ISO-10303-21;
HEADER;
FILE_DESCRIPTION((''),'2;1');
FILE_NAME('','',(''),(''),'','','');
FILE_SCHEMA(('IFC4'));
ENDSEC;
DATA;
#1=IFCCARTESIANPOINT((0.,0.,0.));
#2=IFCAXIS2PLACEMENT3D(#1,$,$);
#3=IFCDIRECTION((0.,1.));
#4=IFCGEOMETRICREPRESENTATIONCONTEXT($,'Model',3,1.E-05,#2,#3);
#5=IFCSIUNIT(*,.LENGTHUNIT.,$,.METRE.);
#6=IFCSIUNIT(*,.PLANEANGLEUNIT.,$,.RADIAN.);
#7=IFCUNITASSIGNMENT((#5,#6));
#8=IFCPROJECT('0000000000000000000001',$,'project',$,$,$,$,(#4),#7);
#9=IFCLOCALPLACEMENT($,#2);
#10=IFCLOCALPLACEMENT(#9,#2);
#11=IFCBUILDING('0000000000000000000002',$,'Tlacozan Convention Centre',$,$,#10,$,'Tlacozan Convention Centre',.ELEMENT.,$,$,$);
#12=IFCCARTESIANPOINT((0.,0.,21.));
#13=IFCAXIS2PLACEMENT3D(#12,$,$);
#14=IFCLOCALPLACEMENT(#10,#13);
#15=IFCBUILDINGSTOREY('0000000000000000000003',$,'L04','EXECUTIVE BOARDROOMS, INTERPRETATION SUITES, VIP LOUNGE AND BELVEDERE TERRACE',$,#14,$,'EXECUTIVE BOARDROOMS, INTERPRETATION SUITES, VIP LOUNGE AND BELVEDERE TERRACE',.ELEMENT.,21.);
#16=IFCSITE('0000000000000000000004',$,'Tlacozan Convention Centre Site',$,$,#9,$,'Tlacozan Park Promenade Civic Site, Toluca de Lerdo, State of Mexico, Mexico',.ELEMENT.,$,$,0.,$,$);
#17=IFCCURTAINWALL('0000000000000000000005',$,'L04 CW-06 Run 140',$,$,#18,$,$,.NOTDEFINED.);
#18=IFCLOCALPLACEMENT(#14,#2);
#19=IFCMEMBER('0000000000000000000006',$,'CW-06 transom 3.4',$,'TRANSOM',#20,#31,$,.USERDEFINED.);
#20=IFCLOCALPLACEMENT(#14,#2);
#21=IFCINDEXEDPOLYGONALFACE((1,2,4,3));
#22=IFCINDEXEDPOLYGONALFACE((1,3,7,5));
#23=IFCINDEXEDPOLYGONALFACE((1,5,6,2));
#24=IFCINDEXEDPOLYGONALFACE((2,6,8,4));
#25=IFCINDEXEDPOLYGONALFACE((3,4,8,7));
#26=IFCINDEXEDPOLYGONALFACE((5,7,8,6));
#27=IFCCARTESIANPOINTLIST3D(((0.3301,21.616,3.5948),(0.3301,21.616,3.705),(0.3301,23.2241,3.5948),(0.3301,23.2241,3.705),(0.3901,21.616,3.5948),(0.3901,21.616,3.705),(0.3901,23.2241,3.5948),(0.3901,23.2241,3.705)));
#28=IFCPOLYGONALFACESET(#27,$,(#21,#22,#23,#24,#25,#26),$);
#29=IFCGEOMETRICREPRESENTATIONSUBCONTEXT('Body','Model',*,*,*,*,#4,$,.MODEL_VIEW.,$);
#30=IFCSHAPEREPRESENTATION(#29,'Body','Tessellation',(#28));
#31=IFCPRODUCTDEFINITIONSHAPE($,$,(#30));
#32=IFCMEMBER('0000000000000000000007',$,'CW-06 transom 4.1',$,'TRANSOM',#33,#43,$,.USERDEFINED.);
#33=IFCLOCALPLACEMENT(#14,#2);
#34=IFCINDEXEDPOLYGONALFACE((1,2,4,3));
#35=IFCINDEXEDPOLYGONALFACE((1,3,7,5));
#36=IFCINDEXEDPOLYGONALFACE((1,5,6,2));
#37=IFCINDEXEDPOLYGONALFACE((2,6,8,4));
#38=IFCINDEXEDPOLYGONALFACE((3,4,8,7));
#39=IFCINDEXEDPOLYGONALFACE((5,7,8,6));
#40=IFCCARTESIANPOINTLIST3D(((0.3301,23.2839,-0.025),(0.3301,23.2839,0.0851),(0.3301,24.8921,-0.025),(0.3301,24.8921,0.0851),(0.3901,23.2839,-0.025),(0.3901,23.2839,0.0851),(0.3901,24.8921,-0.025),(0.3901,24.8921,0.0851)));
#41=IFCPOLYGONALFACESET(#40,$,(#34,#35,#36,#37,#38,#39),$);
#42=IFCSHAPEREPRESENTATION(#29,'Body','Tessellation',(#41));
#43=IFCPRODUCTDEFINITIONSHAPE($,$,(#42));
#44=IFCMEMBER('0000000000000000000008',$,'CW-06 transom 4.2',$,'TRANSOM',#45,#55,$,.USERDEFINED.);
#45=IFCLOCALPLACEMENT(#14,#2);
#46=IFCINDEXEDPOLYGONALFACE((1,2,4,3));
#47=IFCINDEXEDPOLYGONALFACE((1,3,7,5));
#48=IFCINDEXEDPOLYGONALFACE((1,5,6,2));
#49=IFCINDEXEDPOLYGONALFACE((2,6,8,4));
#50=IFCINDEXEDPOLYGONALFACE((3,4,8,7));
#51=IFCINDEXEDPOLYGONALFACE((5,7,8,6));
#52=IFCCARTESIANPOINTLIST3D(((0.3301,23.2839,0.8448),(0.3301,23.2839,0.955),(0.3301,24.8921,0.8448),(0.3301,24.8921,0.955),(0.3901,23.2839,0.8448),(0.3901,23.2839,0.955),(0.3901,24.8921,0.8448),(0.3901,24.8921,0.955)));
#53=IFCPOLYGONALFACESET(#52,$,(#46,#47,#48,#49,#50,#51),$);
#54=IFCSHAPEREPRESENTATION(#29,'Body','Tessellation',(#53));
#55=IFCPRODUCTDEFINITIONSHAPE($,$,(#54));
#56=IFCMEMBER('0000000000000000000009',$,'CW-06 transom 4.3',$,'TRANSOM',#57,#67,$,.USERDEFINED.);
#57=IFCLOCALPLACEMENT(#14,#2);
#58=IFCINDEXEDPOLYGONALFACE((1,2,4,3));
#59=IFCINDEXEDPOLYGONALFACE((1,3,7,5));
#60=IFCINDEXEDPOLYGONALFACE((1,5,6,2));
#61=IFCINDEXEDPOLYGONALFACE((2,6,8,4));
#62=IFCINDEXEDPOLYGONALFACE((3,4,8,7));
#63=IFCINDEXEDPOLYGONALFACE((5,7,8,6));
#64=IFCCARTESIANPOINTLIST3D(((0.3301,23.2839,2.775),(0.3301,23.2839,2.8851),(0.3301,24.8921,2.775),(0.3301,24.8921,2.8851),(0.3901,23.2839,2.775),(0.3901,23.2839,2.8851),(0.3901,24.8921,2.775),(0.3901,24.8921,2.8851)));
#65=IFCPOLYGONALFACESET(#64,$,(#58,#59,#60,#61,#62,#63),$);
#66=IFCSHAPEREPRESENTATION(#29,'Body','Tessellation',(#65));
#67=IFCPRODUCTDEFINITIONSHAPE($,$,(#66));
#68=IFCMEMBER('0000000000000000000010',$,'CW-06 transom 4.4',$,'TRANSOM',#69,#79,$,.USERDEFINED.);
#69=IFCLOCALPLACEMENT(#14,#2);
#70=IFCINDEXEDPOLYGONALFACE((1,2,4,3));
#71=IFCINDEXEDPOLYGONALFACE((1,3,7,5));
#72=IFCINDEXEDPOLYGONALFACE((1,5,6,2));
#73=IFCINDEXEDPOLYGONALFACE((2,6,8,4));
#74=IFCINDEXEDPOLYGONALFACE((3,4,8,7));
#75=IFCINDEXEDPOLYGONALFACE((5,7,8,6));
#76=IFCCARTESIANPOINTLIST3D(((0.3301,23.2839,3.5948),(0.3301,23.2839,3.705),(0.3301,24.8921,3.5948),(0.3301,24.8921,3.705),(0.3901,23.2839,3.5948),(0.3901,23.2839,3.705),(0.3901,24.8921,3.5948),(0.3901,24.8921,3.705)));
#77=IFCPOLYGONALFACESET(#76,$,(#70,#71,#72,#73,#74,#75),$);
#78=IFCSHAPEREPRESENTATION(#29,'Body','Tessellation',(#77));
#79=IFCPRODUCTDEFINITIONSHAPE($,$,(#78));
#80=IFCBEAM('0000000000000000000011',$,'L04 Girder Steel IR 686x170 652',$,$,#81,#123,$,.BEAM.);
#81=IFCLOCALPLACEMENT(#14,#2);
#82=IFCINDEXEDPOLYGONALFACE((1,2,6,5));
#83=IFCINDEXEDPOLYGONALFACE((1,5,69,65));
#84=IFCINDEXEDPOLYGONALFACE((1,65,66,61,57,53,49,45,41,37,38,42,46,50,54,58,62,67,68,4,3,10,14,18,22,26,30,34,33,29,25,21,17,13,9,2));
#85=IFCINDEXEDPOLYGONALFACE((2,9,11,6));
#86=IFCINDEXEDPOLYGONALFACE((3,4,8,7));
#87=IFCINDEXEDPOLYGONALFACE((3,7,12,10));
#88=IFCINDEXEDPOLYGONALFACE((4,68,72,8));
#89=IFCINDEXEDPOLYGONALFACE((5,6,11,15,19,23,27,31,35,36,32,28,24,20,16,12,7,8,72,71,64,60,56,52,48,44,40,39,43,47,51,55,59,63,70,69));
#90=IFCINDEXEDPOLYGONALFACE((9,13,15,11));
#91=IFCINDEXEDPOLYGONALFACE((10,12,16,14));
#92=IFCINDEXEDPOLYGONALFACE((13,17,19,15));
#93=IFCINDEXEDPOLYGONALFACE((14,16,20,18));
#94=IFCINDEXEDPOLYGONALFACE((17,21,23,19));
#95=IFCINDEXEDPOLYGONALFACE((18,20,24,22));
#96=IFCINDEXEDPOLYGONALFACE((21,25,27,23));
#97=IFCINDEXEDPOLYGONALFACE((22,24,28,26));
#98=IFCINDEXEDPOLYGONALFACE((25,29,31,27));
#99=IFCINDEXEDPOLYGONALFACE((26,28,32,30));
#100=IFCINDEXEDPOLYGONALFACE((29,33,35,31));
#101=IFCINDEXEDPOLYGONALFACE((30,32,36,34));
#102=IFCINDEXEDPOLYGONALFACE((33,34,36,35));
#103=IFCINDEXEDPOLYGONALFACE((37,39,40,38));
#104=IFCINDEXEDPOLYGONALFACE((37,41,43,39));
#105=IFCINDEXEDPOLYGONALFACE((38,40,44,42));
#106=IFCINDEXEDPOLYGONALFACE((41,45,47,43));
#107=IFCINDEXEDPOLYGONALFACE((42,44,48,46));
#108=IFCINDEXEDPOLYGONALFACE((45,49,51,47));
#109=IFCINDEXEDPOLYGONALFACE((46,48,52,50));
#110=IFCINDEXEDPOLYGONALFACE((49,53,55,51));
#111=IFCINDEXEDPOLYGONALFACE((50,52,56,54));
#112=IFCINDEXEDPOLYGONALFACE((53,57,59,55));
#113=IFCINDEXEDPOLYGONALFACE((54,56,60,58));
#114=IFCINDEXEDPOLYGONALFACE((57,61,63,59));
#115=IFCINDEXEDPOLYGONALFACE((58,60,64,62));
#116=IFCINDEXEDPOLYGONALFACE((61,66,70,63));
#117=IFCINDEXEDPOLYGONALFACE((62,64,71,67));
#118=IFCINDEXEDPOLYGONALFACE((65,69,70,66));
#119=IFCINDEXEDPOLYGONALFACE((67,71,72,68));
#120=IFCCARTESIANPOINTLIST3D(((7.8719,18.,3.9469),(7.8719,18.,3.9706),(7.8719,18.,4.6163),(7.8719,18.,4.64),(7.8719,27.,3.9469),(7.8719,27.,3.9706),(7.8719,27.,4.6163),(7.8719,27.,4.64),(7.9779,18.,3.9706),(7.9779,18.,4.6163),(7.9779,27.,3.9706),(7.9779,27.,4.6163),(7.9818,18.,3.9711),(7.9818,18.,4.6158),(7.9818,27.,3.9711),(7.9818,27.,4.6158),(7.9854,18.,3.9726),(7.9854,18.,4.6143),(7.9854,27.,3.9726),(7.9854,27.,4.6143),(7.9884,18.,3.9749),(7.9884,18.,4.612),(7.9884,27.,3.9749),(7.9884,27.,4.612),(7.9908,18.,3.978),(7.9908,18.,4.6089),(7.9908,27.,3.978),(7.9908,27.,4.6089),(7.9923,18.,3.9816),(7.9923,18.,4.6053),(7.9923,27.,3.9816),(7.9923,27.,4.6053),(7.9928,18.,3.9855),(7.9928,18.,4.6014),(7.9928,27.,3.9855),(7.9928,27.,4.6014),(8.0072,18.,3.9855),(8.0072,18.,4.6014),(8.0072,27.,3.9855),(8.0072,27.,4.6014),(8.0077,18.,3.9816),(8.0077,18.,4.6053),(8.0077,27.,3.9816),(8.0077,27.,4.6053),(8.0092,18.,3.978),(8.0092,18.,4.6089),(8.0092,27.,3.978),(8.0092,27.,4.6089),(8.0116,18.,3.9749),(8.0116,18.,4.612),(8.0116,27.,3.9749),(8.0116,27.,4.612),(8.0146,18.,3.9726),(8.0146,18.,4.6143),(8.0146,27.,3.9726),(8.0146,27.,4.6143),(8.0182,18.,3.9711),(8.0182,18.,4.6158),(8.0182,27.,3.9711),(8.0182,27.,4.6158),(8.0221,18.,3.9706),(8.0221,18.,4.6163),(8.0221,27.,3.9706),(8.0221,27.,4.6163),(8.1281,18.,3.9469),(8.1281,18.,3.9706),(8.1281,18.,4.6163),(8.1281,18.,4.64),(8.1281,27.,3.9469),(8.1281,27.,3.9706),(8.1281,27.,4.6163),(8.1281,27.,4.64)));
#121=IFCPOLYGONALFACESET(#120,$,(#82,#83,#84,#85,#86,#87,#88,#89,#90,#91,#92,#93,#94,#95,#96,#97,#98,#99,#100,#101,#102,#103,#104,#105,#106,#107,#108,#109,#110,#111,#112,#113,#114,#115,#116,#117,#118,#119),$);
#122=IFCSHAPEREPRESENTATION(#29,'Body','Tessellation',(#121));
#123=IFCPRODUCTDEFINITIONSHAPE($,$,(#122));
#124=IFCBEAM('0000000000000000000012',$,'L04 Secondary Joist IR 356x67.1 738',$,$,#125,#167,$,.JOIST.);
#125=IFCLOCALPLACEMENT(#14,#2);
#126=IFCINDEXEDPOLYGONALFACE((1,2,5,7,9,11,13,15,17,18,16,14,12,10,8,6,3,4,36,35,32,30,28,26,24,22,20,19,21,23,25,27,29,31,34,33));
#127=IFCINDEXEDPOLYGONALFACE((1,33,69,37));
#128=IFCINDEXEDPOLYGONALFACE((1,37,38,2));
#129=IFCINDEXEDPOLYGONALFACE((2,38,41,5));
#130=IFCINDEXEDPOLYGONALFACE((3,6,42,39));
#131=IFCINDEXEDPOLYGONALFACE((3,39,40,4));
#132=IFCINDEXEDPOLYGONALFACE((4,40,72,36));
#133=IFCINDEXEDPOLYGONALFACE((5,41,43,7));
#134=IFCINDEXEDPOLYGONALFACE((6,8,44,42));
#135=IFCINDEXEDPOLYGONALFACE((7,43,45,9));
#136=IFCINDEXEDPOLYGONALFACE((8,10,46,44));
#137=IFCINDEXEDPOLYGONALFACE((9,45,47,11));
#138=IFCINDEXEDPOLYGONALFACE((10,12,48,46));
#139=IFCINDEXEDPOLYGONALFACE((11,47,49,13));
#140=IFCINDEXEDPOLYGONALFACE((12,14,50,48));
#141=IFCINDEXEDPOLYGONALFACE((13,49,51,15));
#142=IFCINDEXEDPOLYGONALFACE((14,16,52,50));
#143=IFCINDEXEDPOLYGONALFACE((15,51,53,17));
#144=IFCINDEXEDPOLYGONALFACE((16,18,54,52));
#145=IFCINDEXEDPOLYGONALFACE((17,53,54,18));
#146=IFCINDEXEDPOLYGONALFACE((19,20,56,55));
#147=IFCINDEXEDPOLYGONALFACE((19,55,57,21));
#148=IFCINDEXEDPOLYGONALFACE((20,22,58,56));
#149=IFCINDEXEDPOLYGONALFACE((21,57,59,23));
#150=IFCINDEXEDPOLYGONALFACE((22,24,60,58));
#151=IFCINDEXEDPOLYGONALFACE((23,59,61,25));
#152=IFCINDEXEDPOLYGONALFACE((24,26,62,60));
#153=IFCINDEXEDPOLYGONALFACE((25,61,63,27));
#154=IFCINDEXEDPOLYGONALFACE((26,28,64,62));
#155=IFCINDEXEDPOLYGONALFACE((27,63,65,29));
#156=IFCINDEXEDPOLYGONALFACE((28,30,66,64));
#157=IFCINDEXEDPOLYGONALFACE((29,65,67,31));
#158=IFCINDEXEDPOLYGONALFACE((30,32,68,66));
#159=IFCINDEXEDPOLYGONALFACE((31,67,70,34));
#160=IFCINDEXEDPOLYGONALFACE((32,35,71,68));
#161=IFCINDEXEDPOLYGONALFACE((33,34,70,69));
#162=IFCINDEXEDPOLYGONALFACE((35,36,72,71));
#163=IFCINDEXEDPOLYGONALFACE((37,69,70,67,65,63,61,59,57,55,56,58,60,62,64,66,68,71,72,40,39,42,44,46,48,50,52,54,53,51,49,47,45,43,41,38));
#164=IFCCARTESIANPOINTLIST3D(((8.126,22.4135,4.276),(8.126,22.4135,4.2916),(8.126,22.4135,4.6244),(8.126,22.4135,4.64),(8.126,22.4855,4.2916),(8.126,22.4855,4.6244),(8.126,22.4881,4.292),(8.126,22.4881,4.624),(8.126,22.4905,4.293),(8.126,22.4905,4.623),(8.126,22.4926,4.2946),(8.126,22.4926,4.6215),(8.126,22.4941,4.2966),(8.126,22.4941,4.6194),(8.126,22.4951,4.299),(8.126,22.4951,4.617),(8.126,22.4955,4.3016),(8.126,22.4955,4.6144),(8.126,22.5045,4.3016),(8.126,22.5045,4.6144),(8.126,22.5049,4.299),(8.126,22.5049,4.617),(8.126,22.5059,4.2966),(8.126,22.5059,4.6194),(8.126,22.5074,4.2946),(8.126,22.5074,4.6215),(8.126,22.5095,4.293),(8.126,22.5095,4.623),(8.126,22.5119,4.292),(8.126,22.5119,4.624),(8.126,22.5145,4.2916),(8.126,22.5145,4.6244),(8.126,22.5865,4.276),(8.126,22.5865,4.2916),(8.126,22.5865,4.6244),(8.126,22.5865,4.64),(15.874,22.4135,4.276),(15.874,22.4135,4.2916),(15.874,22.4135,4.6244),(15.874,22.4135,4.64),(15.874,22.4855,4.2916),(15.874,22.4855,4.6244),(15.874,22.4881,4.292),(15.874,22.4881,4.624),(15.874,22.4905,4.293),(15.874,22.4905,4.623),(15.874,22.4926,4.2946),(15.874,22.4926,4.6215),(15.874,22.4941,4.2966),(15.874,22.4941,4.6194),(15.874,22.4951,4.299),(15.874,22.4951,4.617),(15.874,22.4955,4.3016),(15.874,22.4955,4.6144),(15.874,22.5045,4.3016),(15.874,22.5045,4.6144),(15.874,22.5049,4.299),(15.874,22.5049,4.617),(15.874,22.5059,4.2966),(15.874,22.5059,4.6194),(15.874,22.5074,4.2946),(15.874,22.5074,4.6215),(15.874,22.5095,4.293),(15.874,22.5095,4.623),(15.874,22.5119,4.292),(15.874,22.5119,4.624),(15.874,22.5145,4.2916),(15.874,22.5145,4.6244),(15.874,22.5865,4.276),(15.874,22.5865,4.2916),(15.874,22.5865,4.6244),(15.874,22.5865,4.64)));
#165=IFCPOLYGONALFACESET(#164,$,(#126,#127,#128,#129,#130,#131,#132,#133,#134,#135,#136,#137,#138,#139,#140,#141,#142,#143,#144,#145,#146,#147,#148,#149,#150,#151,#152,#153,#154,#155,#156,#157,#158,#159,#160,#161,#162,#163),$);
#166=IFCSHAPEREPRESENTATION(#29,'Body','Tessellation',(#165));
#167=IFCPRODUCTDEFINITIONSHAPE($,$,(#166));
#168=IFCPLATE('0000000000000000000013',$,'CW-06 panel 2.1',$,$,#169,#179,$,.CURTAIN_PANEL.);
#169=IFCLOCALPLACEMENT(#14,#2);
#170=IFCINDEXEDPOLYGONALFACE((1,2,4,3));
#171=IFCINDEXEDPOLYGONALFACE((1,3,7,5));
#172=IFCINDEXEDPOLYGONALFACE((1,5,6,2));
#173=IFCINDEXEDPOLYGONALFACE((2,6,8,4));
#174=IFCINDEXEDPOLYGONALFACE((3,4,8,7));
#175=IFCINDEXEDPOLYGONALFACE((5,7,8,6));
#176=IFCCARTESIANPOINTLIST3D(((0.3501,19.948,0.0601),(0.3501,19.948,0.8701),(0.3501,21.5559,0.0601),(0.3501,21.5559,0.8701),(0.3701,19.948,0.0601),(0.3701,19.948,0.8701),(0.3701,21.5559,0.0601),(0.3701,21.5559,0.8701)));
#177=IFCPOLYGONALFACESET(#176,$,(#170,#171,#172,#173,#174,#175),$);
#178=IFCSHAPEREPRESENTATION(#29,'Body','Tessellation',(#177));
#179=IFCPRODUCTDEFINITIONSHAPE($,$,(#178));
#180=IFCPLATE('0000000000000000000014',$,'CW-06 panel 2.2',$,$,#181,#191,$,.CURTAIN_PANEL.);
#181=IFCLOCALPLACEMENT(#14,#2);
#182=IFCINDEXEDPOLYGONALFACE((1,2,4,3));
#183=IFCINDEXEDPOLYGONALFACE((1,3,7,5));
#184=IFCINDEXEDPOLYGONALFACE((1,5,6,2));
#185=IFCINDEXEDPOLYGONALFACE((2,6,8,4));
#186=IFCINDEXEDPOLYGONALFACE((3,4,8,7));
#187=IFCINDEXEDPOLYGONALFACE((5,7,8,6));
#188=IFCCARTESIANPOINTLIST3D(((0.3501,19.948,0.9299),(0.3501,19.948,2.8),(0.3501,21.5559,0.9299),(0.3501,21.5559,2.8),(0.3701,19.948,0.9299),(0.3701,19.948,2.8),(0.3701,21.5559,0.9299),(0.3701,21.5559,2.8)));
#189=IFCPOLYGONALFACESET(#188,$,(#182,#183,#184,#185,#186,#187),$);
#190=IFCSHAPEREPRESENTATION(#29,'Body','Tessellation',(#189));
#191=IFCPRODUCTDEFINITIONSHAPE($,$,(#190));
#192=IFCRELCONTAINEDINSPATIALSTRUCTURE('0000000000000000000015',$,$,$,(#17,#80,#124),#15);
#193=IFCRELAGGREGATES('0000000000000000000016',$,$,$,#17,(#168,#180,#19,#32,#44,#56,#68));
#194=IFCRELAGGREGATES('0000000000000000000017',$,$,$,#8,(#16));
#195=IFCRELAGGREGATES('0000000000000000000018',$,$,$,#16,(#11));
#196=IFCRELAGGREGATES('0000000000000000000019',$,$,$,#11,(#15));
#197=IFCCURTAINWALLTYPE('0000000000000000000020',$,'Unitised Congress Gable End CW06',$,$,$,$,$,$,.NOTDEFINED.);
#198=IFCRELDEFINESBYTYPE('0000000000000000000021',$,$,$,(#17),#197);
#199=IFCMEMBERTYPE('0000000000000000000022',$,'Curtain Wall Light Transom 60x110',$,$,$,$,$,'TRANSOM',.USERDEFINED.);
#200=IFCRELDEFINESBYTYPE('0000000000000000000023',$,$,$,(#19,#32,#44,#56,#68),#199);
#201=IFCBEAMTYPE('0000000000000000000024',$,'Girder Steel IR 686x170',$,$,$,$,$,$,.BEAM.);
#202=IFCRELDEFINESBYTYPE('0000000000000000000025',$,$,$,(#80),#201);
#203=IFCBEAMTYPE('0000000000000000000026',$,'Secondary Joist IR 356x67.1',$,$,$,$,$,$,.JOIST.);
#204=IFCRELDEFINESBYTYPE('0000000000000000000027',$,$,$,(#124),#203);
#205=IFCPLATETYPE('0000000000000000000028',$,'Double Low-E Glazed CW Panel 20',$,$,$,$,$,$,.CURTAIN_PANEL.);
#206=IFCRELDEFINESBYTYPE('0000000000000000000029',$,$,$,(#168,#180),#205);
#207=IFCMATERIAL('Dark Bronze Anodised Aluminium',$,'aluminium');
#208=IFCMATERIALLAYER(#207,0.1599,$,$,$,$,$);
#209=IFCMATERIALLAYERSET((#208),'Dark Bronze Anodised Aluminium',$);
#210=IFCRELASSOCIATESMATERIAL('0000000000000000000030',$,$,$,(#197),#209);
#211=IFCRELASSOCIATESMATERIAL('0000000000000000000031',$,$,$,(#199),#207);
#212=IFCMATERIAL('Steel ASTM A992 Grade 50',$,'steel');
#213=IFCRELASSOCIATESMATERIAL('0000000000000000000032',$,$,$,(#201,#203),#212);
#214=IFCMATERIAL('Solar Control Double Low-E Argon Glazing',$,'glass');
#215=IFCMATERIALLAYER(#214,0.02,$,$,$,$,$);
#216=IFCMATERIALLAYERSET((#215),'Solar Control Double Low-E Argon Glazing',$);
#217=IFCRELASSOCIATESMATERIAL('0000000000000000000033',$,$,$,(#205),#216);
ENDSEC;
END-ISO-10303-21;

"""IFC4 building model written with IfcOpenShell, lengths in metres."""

from ifc_helpers import new_model, si_unit, direction, frame, origin, origin_2d, place, context, subcontext, project, spatial, rectangle, i_section, extrude, material, layer, layer_set, material_profile, profile_set, type_object, element, aggregate, save


model = new_model("IFC4")

# Units and contexts
model_context = context("Model", 3, precision=1e-05, world=origin(), true_north=direction((0.0, 1.0)))
body_context = subcontext(model_context, "Body", "Model", "MODEL_VIEW")
ifc_project = project(units=[si_unit("LENGTHUNIT", "METRE"), si_unit("PLANEANGLEUNIT", "RADIAN")], contexts=[model_context])

# Site, building, storey
site_placement = place(None, origin())
site = spatial("IfcSite", under=ifc_project, at=site_placement, Name="Tlacozan Convention Centre Site", LongName="Tlacozan Park Promenade Civic Site, Toluca de Lerdo, State of Mexico, Mexico", CompositionType="ELEMENT", RefElevation=0.0)
building_placement = place(site_placement, origin())
building = spatial("IfcBuilding", under=site, at=building_placement, Name="Tlacozan Convention Centre", LongName="Tlacozan Convention Centre", CompositionType="ELEMENT")
storey_placement = place(building_placement, frame((0.0, 0.0, 21.0)))
storey = spatial("IfcBuildingStorey", under=building, at=storey_placement, Name="L04", Description="EXECUTIVE BOARDROOMS, INTERPRETATION SUITES, VIP LOUNGE AND BELVEDERE TERRACE", LongName="EXECUTIVE BOARDROOMS, INTERPRETATION SUITES, VIP LOUNGE AND BELVEDERE TERRACE", CompositionType="ELEMENT", Elevation=21.0)

# Shared definitions
ifc_material_1 = material(Name="Steel ASTM A992 Grade 50", Category="steel")

# Curtain wall, members
ifc_material_2 = material(Name="Dark Bronze Anodised Aluminium", Category="aluminium")
ifc_layer_1 = layer(ifc_material_2, 0.1599)
ifc_layer_set_1 = layer_set([ifc_layer_1], Name="Dark Bronze Anodised Aluminium")
curtain_wall_type = type_object("IfcCurtainWallType", Name="Unitised Congress Gable End CW06", PredefinedType="NOTDEFINED", material=ifc_layer_set_1)
curtain_wall_placement = place(storey_placement, origin())
curtain_wall = element("IfcCurtainWall", 1, at=curtain_wall_placement, inside=storey, type_object=curtain_wall_type, Name="L04 CW-06 Run 140", PredefinedType="NOTDEFINED")
ifc_material_profile_1 = material_profile(ifc_material_2, rectangle(XDim=0.0601, YDim=0.1101, at=origin_2d()), Name="ALU 60x110")
ifc_profile_set_1 = profile_set([ifc_material_profile_1], Name="Dark Bronze Anodised Aluminium")
member_type_1 = type_object("IfcMemberType", Name="Curtain Wall Light Transom 60x110", ElementType="TRANSOM", PredefinedType="USERDEFINED", material=ifc_profile_set_1)
member_1_placement = place(storey_placement, frame((0.3601, 21.616, 3.6499), z_axis=(0.0, 1.0, 0.0), x_axis=(-1.0, 0.0, 0.0)))
member_1 = element("IfcMember", 2, at=member_1_placement, type_object=member_type_1, Name="CW-06 transom 3.4", ObjectType="TRANSOM", PredefinedType="USERDEFINED", context=body_context, shape_type="SweptSolid", body=[
    extrude(rectangle(XDim=0.0601, YDim=0.1101, at=origin_2d()), origin(), (0.0, 0.0, 1.0), 1.6082),
])
member_2_placement = place(storey_placement, frame((0.3601, 23.2839, 0.03), z_axis=(0.0, 1.0, 0.0), x_axis=(-1.0, 0.0, 0.0)))
member_2 = element("IfcMember", 3, at=member_2_placement, type_object=member_type_1, Name="CW-06 transom 4.1", ObjectType="TRANSOM", PredefinedType="USERDEFINED", context=body_context, shape_type="SweptSolid", body=[
    extrude(rectangle(XDim=0.0601, YDim=0.1101, at=origin_2d()), origin(), (0.0, 0.0, 1.0), 1.6082),
])
member_3_placement = place(storey_placement, frame((0.3601, 23.2839, 0.8999), z_axis=(0.0, 1.0, 0.0), x_axis=(-1.0, 0.0, 0.0)))
member_3 = element("IfcMember", 4, at=member_3_placement, type_object=member_type_1, Name="CW-06 transom 4.2", ObjectType="TRANSOM", PredefinedType="USERDEFINED", context=body_context, shape_type="SweptSolid", body=[
    extrude(rectangle(XDim=0.0601, YDim=0.1101, at=origin_2d()), origin(), (0.0, 0.0, 1.0), 1.6082),
])
member_4_placement = place(storey_placement, frame((0.3601, 23.2839, 2.8301), z_axis=(0.0, 1.0, 0.0), x_axis=(-1.0, 0.0, 0.0)))
member_4 = element("IfcMember", 5, at=member_4_placement, type_object=member_type_1, Name="CW-06 transom 4.3", ObjectType="TRANSOM", PredefinedType="USERDEFINED", context=body_context, shape_type="SweptSolid", body=[
    extrude(rectangle(XDim=0.0601, YDim=0.1101, at=origin_2d()), origin(), (0.0, 0.0, 1.0), 1.6082),
])
member_5_placement = place(storey_placement, frame((0.3601, 23.2839, 3.6499), z_axis=(0.0, 1.0, 0.0), x_axis=(-1.0, 0.0, 0.0)))
member_5 = element("IfcMember", 6, at=member_5_placement, type_object=member_type_1, Name="CW-06 transom 4.4", ObjectType="TRANSOM", PredefinedType="USERDEFINED", context=body_context, shape_type="SweptSolid", body=[
    extrude(rectangle(XDim=0.0601, YDim=0.1101, at=origin_2d()), origin(), (0.0, 0.0, 1.0), 1.6082),
])

# Beams
ifc_material_profile_2 = material_profile(ifc_material_1, i_section(OverallWidth=0.2561, OverallDepth=0.6931, WebThickness=0.0144, FlangeThickness=0.0237, FilletRadius=0.0149, at=origin_2d()), Name="IR 686x170.0")
ifc_profile_set_2 = profile_set([ifc_material_profile_2], Name="Steel ASTM A992 Grade 50")
beam_type_1 = type_object("IfcBeamType", Name="Girder Steel IR 686x170", PredefinedType="BEAM", material=ifc_profile_set_2)
beam_1_placement = place(storey_placement, frame((8.0, 18.0, 4.2935), z_axis=(0.0, 1.0, 0.0), x_axis=(-1.0, 0.0, 0.0)))
element("IfcBeam", 7, at=beam_1_placement, inside=storey, type_object=beam_type_1, Name="L04 Girder Steel IR 686x170 652", PredefinedType="BEAM", context=body_context, shape_type="SweptSolid", body=[
    extrude(i_section(OverallWidth=0.2561, OverallDepth=0.6931, WebThickness=0.0144, FlangeThickness=0.0237, FilletRadius=0.0149, at=origin_2d()), origin(), (0.0, 0.0, 1.0), 9.0),
])
ifc_material_profile_3 = material_profile(ifc_material_1, i_section(OverallWidth=0.1731, OverallDepth=0.364, WebThickness=0.009, FlangeThickness=0.0156, FilletRadius=0.01, at=origin_2d()), Name="IR 356x67.1")
ifc_profile_set_3 = profile_set([ifc_material_profile_3], Name="Steel ASTM A992 Grade 50")
beam_type_2 = type_object("IfcBeamType", Name="Secondary Joist IR 356x67.1", PredefinedType="JOIST", material=ifc_profile_set_3)
beam_2_placement = place(storey_placement, frame((8.126, 22.5, 4.458), z_axis=(1.0, 0.0, 0.0), x_axis=(0.0, 1.0, 0.0)))
element("IfcBeam", 8, at=beam_2_placement, inside=storey, type_object=beam_type_2, Name="L04 Secondary Joist IR 356x67.1 738", PredefinedType="JOIST", context=body_context, shape_type="SweptSolid", body=[
    extrude(i_section(OverallWidth=0.1731, OverallDepth=0.364, WebThickness=0.009, FlangeThickness=0.0156, FilletRadius=0.01, at=origin_2d()), origin(), (0.0, 0.0, 1.0), 7.748),
])

# Plates
ifc_material_3 = material(Name="Solar Control Double Low-E Argon Glazing", Category="glass")
ifc_layer_2 = layer(ifc_material_3, 0.02)
ifc_layer_set_2 = layer_set([ifc_layer_2], Name="Solar Control Double Low-E Argon Glazing")
plate_type = type_object("IfcPlateType", Name="Double Low-E Glazed CW Panel 20", PredefinedType="CURTAIN_PANEL", material=ifc_layer_set_2)
plate_1_placement = place(storey_placement, frame((0.3601, 20.752, 0.0601), z_axis=(0.0, 0.0, 1.0), x_axis=(0.0, 1.0, 0.0)))
plate_1 = element("IfcPlate", 9, at=plate_1_placement, type_object=plate_type, Name="CW-06 panel 2.1", PredefinedType="CURTAIN_PANEL", context=body_context, shape_type="SweptSolid", body=[
    extrude(rectangle(XDim=1.6079, YDim=0.02, at=origin_2d()), origin(), (0.0, 0.0, 1.0), 0.8101),
])
plate_2_placement = place(storey_placement, frame((0.3601, 20.752, 0.9299), z_axis=(0.0, 0.0, 1.0), x_axis=(0.0, 1.0, 0.0)))
plate_2 = element("IfcPlate", 10, at=plate_2_placement, type_object=plate_type, Name="CW-06 panel 2.2", PredefinedType="CURTAIN_PANEL", context=body_context, shape_type="SweptSolid", body=[
    extrude(rectangle(XDim=1.6079, YDim=0.02, at=origin_2d()), origin(), (0.0, 0.0, 1.0), 1.8701),
])
aggregate(curtain_wall, [plate_1, plate_2, member_1, member_2, member_3, member_4, member_5])

save(model, "model.ifc")
